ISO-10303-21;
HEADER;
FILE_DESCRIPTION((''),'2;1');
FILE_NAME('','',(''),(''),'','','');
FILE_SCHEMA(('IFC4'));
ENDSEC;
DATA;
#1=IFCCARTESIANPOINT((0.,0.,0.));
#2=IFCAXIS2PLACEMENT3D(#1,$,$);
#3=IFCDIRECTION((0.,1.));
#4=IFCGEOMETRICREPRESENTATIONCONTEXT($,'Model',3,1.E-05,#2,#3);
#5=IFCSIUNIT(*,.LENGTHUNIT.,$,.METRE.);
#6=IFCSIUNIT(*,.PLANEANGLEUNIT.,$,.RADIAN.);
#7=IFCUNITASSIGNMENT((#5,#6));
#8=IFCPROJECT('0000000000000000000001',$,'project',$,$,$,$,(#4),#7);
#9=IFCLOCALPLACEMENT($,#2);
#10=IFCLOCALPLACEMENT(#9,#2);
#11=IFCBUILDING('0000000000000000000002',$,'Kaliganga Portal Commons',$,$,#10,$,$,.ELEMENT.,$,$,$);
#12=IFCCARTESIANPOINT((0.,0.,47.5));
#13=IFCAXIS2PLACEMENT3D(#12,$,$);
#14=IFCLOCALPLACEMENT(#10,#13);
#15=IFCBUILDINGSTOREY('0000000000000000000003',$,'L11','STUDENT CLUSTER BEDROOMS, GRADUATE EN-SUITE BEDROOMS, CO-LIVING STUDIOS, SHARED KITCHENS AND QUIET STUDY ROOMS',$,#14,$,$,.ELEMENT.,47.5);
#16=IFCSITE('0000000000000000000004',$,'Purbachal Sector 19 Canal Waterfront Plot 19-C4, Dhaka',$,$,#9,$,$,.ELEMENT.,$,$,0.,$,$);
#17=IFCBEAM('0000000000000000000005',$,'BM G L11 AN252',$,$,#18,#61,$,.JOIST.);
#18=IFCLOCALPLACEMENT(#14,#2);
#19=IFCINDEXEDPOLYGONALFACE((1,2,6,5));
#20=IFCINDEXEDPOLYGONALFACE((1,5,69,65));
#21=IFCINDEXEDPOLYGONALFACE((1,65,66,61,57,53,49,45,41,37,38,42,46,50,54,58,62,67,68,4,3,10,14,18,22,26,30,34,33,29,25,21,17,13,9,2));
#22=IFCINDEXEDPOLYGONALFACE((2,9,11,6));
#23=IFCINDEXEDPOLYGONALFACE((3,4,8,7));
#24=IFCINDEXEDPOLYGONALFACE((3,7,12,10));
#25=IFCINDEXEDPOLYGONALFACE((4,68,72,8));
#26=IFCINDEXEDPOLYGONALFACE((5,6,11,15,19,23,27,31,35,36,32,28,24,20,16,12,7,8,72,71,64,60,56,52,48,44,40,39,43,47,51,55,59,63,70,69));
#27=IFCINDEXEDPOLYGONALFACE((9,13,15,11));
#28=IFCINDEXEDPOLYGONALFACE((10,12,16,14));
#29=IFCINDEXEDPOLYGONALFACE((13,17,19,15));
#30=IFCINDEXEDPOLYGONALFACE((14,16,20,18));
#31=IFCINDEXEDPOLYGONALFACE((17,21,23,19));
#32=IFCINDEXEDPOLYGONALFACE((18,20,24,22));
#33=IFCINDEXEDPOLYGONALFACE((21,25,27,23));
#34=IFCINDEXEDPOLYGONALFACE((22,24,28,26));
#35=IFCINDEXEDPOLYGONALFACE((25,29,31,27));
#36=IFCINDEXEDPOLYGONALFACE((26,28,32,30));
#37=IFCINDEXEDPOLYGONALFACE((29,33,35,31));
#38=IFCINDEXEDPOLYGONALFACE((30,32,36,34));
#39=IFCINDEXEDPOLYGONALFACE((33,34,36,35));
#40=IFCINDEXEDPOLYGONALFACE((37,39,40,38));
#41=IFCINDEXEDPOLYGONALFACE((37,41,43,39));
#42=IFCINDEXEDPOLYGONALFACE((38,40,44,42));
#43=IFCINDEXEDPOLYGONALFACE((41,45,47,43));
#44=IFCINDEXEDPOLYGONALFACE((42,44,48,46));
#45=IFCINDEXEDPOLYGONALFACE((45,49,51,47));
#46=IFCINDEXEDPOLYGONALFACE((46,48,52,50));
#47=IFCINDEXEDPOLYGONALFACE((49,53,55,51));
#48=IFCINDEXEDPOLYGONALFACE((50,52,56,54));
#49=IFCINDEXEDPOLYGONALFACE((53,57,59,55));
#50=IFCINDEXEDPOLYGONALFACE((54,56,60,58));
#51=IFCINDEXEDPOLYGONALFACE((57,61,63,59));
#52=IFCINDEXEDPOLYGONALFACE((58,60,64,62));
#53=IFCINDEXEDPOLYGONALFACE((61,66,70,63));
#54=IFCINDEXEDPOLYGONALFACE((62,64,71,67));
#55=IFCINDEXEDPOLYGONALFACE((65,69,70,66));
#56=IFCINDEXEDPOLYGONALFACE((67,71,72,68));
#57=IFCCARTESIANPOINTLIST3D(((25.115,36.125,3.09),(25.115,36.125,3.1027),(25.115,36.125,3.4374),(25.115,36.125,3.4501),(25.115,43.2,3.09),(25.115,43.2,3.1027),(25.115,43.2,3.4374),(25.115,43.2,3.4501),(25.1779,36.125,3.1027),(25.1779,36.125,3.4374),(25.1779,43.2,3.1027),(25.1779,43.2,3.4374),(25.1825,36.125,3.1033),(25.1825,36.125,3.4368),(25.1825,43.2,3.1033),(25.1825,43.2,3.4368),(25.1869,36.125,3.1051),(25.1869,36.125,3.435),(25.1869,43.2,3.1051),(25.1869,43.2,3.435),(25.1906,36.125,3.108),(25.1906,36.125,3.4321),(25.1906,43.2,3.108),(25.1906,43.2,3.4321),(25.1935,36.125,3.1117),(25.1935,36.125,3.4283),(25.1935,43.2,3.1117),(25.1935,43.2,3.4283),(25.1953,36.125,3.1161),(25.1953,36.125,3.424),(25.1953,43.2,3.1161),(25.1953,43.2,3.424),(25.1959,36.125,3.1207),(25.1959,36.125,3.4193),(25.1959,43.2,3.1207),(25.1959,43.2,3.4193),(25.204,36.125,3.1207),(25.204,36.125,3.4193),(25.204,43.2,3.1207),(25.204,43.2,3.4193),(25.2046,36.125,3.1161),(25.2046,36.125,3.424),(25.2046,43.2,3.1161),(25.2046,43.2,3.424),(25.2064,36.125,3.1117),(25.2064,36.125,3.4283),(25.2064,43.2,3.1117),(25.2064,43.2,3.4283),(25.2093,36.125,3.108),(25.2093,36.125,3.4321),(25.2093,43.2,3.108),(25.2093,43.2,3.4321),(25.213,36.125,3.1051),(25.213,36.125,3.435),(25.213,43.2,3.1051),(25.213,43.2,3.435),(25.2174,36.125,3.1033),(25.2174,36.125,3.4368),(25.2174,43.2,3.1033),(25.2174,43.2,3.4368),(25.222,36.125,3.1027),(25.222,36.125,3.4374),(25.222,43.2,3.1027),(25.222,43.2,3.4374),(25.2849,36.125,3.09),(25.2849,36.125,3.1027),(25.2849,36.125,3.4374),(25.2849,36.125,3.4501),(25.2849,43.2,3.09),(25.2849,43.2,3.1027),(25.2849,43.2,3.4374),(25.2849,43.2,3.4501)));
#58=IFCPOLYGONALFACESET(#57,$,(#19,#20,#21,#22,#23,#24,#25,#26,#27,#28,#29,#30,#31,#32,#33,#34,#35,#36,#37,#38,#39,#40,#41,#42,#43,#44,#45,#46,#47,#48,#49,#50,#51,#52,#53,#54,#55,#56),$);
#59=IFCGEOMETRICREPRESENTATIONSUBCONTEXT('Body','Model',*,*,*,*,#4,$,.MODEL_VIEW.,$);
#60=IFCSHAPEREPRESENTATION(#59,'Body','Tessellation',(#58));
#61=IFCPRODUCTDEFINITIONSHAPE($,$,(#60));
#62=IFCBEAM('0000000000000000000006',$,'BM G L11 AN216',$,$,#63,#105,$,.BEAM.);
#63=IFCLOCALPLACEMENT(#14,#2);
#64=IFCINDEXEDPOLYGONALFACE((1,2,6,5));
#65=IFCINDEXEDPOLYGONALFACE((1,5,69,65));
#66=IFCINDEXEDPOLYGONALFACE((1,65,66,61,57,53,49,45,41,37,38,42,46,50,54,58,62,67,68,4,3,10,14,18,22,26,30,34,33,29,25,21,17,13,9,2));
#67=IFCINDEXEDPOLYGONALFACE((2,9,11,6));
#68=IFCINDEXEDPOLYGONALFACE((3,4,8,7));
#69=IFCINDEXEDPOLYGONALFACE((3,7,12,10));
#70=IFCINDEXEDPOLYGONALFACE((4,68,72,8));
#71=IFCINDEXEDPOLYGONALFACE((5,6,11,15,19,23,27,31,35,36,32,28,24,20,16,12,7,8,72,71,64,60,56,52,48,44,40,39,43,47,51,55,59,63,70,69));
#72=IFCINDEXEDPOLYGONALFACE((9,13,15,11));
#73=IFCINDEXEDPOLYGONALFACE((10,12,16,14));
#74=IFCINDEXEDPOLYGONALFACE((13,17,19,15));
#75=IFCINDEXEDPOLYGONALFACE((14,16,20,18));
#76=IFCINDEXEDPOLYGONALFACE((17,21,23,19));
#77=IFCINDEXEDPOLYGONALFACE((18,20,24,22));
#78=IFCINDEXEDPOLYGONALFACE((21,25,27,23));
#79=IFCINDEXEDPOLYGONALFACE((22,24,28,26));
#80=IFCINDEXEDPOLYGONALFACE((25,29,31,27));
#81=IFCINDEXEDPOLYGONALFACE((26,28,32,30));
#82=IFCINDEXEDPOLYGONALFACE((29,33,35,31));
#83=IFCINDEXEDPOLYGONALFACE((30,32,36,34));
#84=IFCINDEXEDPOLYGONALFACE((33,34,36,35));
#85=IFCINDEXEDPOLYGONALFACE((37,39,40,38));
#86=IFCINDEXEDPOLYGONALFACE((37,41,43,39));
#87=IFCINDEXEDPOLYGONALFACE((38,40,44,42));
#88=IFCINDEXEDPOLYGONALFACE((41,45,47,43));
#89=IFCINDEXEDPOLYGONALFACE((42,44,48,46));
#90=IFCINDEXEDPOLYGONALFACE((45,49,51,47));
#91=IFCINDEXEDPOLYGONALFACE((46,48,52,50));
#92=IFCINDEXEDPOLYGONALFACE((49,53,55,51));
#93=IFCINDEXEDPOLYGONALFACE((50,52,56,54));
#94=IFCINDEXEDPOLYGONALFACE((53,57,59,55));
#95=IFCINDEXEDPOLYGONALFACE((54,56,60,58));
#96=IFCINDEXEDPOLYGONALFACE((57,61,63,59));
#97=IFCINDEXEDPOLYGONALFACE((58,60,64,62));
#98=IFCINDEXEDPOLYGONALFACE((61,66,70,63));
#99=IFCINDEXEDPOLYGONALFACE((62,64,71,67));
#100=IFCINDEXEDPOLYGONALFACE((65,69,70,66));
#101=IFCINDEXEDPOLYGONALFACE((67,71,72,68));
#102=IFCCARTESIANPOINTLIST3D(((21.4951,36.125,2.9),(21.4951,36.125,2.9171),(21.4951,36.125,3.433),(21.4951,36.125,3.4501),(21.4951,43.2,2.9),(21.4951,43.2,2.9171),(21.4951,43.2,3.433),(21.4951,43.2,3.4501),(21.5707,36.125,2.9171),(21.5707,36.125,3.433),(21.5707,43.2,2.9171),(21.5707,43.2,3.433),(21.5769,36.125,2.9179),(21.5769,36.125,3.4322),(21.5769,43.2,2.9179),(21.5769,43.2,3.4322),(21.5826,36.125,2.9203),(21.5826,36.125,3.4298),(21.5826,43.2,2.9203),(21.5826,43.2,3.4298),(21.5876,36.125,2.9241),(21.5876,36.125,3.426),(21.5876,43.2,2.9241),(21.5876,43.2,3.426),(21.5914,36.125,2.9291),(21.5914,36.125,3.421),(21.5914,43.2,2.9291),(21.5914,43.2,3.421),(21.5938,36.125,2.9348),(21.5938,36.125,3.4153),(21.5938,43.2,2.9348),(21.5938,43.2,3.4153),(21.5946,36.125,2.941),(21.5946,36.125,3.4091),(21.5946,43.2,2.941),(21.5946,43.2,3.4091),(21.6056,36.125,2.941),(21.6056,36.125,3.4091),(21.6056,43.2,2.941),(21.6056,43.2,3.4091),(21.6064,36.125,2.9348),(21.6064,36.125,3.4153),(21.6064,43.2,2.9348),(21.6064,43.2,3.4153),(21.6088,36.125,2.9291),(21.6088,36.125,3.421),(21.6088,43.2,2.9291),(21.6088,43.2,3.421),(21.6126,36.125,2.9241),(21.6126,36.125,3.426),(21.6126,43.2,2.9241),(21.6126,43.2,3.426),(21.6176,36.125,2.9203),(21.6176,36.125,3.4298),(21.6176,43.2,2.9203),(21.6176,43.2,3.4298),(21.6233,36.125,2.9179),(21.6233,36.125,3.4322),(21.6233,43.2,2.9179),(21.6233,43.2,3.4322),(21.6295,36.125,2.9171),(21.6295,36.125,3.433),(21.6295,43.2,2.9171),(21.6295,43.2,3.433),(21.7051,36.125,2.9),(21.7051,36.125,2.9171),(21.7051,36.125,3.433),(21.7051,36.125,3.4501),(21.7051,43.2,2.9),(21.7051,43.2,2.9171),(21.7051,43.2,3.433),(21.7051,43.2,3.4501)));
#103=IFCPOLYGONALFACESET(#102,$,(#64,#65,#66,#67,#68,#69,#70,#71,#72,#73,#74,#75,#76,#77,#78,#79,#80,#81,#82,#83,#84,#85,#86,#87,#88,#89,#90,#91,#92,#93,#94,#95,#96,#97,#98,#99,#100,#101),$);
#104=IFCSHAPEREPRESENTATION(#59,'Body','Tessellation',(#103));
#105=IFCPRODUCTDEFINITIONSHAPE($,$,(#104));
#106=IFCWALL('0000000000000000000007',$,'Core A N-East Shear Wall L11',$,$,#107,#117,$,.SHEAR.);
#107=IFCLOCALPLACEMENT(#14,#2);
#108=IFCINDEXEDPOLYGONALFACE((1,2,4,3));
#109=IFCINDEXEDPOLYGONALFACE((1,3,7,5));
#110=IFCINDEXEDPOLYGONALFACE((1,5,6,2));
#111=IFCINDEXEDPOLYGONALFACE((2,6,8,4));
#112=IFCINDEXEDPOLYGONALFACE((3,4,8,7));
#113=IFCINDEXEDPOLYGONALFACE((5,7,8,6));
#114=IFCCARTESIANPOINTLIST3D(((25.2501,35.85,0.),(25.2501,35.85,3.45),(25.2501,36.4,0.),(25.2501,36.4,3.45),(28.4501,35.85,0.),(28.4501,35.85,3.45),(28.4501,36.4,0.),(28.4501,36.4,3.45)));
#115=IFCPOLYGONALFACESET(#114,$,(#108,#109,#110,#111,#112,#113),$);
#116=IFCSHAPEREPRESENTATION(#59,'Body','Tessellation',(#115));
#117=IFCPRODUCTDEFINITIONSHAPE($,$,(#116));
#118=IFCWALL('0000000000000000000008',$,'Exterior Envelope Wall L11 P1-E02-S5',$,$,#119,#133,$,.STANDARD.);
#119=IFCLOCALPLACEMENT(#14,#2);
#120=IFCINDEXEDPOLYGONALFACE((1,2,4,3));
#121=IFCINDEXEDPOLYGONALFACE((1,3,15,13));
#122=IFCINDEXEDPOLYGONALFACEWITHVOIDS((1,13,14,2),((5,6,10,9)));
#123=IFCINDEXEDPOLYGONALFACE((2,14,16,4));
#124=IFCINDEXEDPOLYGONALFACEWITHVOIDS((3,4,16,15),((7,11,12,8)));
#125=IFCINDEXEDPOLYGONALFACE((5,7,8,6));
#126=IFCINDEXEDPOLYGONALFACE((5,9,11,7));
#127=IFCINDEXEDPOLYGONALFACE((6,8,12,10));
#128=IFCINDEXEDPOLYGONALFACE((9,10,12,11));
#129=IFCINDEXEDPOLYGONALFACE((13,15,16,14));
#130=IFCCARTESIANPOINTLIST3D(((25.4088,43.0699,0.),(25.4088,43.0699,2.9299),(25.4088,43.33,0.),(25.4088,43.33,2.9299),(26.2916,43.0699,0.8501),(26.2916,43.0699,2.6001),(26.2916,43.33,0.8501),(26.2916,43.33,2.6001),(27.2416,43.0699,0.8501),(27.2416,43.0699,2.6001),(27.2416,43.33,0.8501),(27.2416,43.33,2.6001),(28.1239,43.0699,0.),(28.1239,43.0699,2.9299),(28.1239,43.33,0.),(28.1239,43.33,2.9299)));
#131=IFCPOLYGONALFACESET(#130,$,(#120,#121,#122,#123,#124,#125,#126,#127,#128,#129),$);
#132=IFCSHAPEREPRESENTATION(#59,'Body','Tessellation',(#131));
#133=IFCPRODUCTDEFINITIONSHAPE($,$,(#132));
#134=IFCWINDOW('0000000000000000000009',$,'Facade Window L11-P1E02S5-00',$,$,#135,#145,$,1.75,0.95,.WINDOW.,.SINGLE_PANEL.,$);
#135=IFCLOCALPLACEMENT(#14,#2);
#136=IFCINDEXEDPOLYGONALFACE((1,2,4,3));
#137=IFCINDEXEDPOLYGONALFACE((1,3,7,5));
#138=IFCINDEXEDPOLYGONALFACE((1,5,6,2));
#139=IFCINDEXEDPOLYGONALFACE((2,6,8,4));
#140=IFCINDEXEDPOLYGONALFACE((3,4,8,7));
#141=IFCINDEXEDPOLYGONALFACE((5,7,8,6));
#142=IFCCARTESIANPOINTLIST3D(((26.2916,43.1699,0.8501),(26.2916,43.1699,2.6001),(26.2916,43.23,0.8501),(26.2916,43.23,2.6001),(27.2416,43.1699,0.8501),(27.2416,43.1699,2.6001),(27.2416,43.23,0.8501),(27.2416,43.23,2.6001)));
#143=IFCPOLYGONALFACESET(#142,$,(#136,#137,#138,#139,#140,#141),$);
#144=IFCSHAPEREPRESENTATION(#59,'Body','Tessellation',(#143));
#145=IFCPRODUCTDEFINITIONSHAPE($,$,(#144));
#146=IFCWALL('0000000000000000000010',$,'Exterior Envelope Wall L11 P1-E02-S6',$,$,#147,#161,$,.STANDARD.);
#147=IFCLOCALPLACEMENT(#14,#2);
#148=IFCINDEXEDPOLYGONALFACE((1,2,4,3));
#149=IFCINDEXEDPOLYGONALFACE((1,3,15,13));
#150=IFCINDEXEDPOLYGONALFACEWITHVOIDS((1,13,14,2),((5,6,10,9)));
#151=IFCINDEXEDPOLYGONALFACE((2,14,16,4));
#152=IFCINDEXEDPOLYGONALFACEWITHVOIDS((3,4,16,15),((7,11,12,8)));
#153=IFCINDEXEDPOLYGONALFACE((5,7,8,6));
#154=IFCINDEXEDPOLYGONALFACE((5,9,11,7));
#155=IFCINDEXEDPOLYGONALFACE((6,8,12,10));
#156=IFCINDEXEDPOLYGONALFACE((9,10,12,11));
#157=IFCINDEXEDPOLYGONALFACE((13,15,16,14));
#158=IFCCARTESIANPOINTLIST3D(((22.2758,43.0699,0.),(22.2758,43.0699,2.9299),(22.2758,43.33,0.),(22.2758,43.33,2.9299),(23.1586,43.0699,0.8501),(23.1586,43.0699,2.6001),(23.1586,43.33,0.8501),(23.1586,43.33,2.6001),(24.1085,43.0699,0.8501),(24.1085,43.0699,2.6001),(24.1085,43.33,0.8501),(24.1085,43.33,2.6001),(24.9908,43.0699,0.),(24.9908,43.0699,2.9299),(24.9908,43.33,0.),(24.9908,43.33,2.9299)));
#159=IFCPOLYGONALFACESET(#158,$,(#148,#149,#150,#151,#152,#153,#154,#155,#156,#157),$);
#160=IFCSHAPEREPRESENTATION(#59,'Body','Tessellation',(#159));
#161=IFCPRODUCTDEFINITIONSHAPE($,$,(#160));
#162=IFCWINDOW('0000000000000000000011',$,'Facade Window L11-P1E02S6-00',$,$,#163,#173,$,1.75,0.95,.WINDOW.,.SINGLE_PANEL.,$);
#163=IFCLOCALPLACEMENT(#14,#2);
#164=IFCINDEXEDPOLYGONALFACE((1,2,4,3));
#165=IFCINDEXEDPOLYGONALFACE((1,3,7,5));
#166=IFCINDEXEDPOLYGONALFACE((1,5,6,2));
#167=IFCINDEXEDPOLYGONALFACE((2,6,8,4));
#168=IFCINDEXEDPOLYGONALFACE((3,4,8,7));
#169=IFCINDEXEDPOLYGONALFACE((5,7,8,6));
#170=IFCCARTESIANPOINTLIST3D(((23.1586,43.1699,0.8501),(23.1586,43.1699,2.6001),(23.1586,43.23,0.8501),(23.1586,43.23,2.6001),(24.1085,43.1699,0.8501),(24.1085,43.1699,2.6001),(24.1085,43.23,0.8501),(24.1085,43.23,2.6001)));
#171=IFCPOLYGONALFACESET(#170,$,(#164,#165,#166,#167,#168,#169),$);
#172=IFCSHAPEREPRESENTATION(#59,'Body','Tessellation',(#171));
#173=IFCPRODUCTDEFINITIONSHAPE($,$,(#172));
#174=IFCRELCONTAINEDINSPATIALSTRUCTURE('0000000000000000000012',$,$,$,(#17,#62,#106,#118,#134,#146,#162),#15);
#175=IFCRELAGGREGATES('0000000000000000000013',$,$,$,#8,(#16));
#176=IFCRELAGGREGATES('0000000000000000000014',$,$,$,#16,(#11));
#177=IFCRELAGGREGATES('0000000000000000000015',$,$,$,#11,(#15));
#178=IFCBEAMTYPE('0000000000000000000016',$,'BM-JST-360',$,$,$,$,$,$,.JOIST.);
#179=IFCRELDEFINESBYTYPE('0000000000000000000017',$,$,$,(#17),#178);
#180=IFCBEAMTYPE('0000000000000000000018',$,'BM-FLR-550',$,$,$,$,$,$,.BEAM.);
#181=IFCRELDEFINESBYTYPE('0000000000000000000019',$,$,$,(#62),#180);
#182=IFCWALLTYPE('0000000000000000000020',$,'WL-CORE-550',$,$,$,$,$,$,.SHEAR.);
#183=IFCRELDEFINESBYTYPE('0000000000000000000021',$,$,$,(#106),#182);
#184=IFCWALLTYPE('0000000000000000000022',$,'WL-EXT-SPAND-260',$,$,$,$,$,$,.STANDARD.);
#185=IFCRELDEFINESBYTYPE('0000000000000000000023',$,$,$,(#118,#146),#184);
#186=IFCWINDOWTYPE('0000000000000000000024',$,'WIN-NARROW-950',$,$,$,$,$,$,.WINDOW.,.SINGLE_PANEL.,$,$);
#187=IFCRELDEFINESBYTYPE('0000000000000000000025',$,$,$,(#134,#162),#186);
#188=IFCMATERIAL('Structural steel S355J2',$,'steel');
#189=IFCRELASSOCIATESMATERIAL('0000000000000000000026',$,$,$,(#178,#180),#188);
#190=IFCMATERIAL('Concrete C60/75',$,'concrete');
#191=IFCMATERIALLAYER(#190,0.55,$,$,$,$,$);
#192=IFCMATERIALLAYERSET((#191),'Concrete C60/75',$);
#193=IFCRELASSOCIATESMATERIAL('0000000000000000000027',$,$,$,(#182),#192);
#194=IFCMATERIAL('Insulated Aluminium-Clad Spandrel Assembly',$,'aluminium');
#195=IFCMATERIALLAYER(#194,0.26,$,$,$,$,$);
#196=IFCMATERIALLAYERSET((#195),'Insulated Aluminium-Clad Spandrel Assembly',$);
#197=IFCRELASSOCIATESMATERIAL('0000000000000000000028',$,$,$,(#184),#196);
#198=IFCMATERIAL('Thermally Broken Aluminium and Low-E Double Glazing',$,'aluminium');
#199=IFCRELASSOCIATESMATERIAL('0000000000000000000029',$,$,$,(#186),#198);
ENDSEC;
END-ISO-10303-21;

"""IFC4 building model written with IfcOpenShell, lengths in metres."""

from ifc_helpers import new_model, si_unit, direction, frame, frame_2d, origin, origin_2d, place, context, subcontext, project, spatial, rectangle, i_section, extrude, source, transform, mapped, material, layer, layer_set, material_profile, profile_set, type_object, element, fill, save


model = new_model("IFC4")

# Units and contexts
model_context = context("Model", 3, precision=1e-05, world=origin(), true_north=direction((0.0, 1.0)))
body_context = subcontext(model_context, "Body", "Model", "MODEL_VIEW")
ifc_project = project(units=[si_unit("LENGTHUNIT", "METRE"), si_unit("PLANEANGLEUNIT", "RADIAN")], contexts=[model_context])

# Site, building, storey
site_placement = place(None, origin())
site = spatial("IfcSite", under=ifc_project, at=site_placement, Name="Purbachal Sector 19 Canal Waterfront Plot 19-C4, Dhaka", CompositionType="ELEMENT", RefElevation=0.0)
building_placement = place(site_placement, origin())
building = spatial("IfcBuilding", under=site, at=building_placement, Name="Kaliganga Portal Commons", CompositionType="ELEMENT")
storey_placement = place(building_placement, frame((0.0, 0.0, 47.5)))
storey = spatial("IfcBuildingStorey", under=building, at=storey_placement, Name="L11", Description="STUDENT CLUSTER BEDROOMS, GRADUATE EN-SUITE BEDROOMS, CO-LIVING STUDIOS, SHARED KITCHENS AND QUIET STUDY ROOMS", CompositionType="ELEMENT", Elevation=47.5)

# Beams
ifc_material_1 = material(Name="Structural steel S355J2", Category="steel")
ifc_material_profile_1 = material_profile(ifc_material_1, i_section(OverallWidth=0.1699, OverallDepth=0.3601, WebThickness=0.0081, FlangeThickness=0.0127, FilletRadius=0.0181, at=origin_2d()), Name="IPE 360")
ifc_profile_set_1 = profile_set([ifc_material_profile_1], Name="Structural steel S355J2 wide-flange")
beam_type_1 = type_object("IfcBeamType", Name="BM-JST-360", PredefinedType="JOIST", material=ifc_profile_set_1)
shared_shape_1 = source(origin(), body_context, "Body", "SweptSolid", [
    extrude(i_section(OverallWidth=0.1699, OverallDepth=0.3601, WebThickness=0.0081, FlangeThickness=0.0127, FilletRadius=0.0181, at=origin_2d()), origin(), (0.0, 0.0, 1.0), 7.075),
])
beam_1_placement = place(storey_placement, frame((25.2, 36.125, 3.27), z_axis=(0.0, 1.0, 0.0), x_axis=(-1.0, 0.0, 0.0)))
element("IfcBeam", 1, at=beam_1_placement, inside=storey, type_object=beam_type_1, Name="BM G L11 AN252", PredefinedType="JOIST", context=body_context, shape_type="MappedRepresentation", body=[
    mapped(shared_shape_1, transform((0.0, 0.0, 0.0), x_axis=(1.0, 0.0, 0.0), y_axis=(0.0, 1.0, 0.0), z_axis=(0.0, 0.0, 1.0), scale=1.0)),
])
ifc_material_profile_2 = material_profile(ifc_material_1, i_section(OverallWidth=0.21, OverallDepth=0.55, WebThickness=0.011, FlangeThickness=0.0171, FilletRadius=0.0239, at=origin_2d()), Name="IPE 550")
ifc_profile_set_2 = profile_set([ifc_material_profile_2], Name="Structural steel S355J2 wide-flange")
beam_type_2 = type_object("IfcBeamType", Name="BM-FLR-550", PredefinedType="BEAM", material=ifc_profile_set_2)
shared_shape_2 = source(origin(), body_context, "Body", "SweptSolid", [
    extrude(i_section(OverallWidth=0.21, OverallDepth=0.55, WebThickness=0.011, FlangeThickness=0.0171, FilletRadius=0.0239, at=origin_2d()), origin(), (0.0, 0.0, 1.0), 7.075),
])
beam_2_placement = place(storey_placement, frame((21.6001, 36.125, 3.175), z_axis=(0.0, 1.0, 0.0), x_axis=(-1.0, 0.0, 0.0)))
element("IfcBeam", 2, at=beam_2_placement, inside=storey, type_object=beam_type_2, Name="BM G L11 AN216", PredefinedType="BEAM", context=body_context, shape_type="MappedRepresentation", body=[
    mapped(shared_shape_2, transform((0.0, 0.0, 0.0), x_axis=(1.0, 0.0, 0.0), y_axis=(0.0, 1.0, 0.0), z_axis=(0.0, 0.0, 1.0), scale=1.0)),
])

# Wall
ifc_material_2 = material(Name="Concrete C60/75", Category="concrete")
ifc_layer_1 = layer(ifc_material_2, 0.55)
ifc_layer_set_1 = layer_set([ifc_layer_1], Name="Concrete C60/75")
wall_type_1 = type_object("IfcWallType", Name="WL-CORE-550", PredefinedType="SHEAR", material=ifc_layer_set_1)
wall_1_placement = place(storey_placement, frame((25.25, 36.125, 0.0), z_axis=(0.0, 0.0, 1.0), x_axis=(1.0, 0.0, 0.0)))
element("IfcWall", 3, at=wall_1_placement, inside=storey, type_object=wall_type_1, Name="Core A N-East Shear Wall L11", PredefinedType="SHEAR", context=body_context, shape_type="SweptSolid", body=[
    extrude(rectangle(XDim=3.2, YDim=0.55, at=frame_2d((1.6001, 0.0))), origin(), (0.0, 0.0, 1.0), 3.45),
])

# Walls, openings, windows
ifc_material_3 = material(Name="Insulated Aluminium-Clad Spandrel Assembly", Category="aluminium")
ifc_layer_2 = layer(ifc_material_3, 0.26)
ifc_layer_set_2 = layer_set([ifc_layer_2], Name="Insulated Aluminium-Clad Spandrel Assembly")
wall_type_2 = type_object("IfcWallType", Name="WL-EXT-SPAND-260", PredefinedType="STANDARD", material=ifc_layer_set_2)
wall_2_placement = place(storey_placement, frame((25.4089, 43.2, 0.0), z_axis=(0.0, 0.0, 1.0), x_axis=(1.0, 0.0, 0.0)))
wall_2 = element("IfcWall", 4, at=wall_2_placement, inside=storey, type_object=wall_type_2, Name="Exterior Envelope Wall L11 P1-E02-S5", PredefinedType="STANDARD", context=body_context, shape_type="SweptSolid", body=[
    extrude(rectangle(XDim=2.7151, YDim=0.26, at=frame_2d((1.3574, 0.0))), origin(), (0.0, 0.0, 1.0), 2.9299),
])
opening_1_placement = place(wall_2_placement, frame((0.8826, 0.0, 0.8501)))
opening_1 = element("IfcOpeningElement", 5, at=opening_1_placement, cuts=wall_2, PredefinedType="OPENING", context=body_context, shape_type="SweptSolid", body=[
    extrude(rectangle(XDim=0.95, YDim=1.75, at=frame_2d((0.4751, 0.875))), frame((0.0, 0.1401, 0.0), z_axis=(0.0, -1.0, 0.0), x_axis=(1.0, 0.0, 0.0)), (0.0, 0.0, 1.0), 0.28),
])
ifc_material_4 = material(Name="Thermally Broken Aluminium and Low-E Double Glazing", Category="aluminium")
window_type = type_object("IfcWindowType", Name="WIN-NARROW-950", PartitioningType="SINGLE_PANEL", PredefinedType="WINDOW", material=ifc_material_4)
window_1_placement = place(opening_1_placement, origin())
window_1 = element("IfcWindow", 6, at=window_1_placement, inside=storey, type_object=window_type, Name="Facade Window L11-P1E02S5-00", OverallHeight=1.75, OverallWidth=0.95, PartitioningType="SINGLE_PANEL", PredefinedType="WINDOW", context=body_context, shape_type="SweptSolid", body=[
    extrude(rectangle(XDim=0.95, YDim=1.75, at=frame_2d((0.4751, 0.875))), frame((0.0, 0.03, 0.0), z_axis=(0.0, -1.0, 0.0), x_axis=(1.0, 0.0, 0.0)), (0.0, 0.0, 1.0), 0.0601),
])
fill(opening_1, window_1)
wall_3_placement = place(storey_placement, frame((22.2759, 43.2, 0.0), z_axis=(0.0, 0.0, 1.0), x_axis=(1.0, 0.0, 0.0)))
wall_3 = element("IfcWall", 7, at=wall_3_placement, inside=storey, type_object=wall_type_2, Name="Exterior Envelope Wall L11 P1-E02-S6", PredefinedType="STANDARD", context=body_context, shape_type="SweptSolid", body=[
    extrude(rectangle(XDim=2.7151, YDim=0.26, at=frame_2d((1.3574, 0.0))), origin(), (0.0, 0.0, 1.0), 2.9299),
])
opening_2_placement = place(wall_3_placement, frame((0.8826, 0.0, 0.8501)))
opening_2 = element("IfcOpeningElement", 8, at=opening_2_placement, cuts=wall_3, PredefinedType="OPENING", context=body_context, shape_type="SweptSolid", body=[
    extrude(rectangle(XDim=0.95, YDim=1.75, at=frame_2d((0.4751, 0.875))), frame((0.0, 0.1401, 0.0), z_axis=(0.0, -1.0, 0.0), x_axis=(1.0, 0.0, 0.0)), (0.0, 0.0, 1.0), 0.28),
])
window_2_placement = place(opening_2_placement, origin())
window_2 = element("IfcWindow", 9, at=window_2_placement, inside=storey, type_object=window_type, Name="Facade Window L11-P1E02S6-00", OverallHeight=1.75, OverallWidth=0.95, PartitioningType="SINGLE_PANEL", PredefinedType="WINDOW", context=body_context, shape_type="SweptSolid", body=[
    extrude(rectangle(XDim=0.95, YDim=1.75, at=frame_2d((0.4751, 0.875))), frame((0.0, 0.03, 0.0), z_axis=(0.0, -1.0, 0.0), x_axis=(1.0, 0.0, 0.0)), (0.0, 0.0, 1.0), 0.0601),
])
fill(opening_2, window_2)

save(model, "model.ifc")
